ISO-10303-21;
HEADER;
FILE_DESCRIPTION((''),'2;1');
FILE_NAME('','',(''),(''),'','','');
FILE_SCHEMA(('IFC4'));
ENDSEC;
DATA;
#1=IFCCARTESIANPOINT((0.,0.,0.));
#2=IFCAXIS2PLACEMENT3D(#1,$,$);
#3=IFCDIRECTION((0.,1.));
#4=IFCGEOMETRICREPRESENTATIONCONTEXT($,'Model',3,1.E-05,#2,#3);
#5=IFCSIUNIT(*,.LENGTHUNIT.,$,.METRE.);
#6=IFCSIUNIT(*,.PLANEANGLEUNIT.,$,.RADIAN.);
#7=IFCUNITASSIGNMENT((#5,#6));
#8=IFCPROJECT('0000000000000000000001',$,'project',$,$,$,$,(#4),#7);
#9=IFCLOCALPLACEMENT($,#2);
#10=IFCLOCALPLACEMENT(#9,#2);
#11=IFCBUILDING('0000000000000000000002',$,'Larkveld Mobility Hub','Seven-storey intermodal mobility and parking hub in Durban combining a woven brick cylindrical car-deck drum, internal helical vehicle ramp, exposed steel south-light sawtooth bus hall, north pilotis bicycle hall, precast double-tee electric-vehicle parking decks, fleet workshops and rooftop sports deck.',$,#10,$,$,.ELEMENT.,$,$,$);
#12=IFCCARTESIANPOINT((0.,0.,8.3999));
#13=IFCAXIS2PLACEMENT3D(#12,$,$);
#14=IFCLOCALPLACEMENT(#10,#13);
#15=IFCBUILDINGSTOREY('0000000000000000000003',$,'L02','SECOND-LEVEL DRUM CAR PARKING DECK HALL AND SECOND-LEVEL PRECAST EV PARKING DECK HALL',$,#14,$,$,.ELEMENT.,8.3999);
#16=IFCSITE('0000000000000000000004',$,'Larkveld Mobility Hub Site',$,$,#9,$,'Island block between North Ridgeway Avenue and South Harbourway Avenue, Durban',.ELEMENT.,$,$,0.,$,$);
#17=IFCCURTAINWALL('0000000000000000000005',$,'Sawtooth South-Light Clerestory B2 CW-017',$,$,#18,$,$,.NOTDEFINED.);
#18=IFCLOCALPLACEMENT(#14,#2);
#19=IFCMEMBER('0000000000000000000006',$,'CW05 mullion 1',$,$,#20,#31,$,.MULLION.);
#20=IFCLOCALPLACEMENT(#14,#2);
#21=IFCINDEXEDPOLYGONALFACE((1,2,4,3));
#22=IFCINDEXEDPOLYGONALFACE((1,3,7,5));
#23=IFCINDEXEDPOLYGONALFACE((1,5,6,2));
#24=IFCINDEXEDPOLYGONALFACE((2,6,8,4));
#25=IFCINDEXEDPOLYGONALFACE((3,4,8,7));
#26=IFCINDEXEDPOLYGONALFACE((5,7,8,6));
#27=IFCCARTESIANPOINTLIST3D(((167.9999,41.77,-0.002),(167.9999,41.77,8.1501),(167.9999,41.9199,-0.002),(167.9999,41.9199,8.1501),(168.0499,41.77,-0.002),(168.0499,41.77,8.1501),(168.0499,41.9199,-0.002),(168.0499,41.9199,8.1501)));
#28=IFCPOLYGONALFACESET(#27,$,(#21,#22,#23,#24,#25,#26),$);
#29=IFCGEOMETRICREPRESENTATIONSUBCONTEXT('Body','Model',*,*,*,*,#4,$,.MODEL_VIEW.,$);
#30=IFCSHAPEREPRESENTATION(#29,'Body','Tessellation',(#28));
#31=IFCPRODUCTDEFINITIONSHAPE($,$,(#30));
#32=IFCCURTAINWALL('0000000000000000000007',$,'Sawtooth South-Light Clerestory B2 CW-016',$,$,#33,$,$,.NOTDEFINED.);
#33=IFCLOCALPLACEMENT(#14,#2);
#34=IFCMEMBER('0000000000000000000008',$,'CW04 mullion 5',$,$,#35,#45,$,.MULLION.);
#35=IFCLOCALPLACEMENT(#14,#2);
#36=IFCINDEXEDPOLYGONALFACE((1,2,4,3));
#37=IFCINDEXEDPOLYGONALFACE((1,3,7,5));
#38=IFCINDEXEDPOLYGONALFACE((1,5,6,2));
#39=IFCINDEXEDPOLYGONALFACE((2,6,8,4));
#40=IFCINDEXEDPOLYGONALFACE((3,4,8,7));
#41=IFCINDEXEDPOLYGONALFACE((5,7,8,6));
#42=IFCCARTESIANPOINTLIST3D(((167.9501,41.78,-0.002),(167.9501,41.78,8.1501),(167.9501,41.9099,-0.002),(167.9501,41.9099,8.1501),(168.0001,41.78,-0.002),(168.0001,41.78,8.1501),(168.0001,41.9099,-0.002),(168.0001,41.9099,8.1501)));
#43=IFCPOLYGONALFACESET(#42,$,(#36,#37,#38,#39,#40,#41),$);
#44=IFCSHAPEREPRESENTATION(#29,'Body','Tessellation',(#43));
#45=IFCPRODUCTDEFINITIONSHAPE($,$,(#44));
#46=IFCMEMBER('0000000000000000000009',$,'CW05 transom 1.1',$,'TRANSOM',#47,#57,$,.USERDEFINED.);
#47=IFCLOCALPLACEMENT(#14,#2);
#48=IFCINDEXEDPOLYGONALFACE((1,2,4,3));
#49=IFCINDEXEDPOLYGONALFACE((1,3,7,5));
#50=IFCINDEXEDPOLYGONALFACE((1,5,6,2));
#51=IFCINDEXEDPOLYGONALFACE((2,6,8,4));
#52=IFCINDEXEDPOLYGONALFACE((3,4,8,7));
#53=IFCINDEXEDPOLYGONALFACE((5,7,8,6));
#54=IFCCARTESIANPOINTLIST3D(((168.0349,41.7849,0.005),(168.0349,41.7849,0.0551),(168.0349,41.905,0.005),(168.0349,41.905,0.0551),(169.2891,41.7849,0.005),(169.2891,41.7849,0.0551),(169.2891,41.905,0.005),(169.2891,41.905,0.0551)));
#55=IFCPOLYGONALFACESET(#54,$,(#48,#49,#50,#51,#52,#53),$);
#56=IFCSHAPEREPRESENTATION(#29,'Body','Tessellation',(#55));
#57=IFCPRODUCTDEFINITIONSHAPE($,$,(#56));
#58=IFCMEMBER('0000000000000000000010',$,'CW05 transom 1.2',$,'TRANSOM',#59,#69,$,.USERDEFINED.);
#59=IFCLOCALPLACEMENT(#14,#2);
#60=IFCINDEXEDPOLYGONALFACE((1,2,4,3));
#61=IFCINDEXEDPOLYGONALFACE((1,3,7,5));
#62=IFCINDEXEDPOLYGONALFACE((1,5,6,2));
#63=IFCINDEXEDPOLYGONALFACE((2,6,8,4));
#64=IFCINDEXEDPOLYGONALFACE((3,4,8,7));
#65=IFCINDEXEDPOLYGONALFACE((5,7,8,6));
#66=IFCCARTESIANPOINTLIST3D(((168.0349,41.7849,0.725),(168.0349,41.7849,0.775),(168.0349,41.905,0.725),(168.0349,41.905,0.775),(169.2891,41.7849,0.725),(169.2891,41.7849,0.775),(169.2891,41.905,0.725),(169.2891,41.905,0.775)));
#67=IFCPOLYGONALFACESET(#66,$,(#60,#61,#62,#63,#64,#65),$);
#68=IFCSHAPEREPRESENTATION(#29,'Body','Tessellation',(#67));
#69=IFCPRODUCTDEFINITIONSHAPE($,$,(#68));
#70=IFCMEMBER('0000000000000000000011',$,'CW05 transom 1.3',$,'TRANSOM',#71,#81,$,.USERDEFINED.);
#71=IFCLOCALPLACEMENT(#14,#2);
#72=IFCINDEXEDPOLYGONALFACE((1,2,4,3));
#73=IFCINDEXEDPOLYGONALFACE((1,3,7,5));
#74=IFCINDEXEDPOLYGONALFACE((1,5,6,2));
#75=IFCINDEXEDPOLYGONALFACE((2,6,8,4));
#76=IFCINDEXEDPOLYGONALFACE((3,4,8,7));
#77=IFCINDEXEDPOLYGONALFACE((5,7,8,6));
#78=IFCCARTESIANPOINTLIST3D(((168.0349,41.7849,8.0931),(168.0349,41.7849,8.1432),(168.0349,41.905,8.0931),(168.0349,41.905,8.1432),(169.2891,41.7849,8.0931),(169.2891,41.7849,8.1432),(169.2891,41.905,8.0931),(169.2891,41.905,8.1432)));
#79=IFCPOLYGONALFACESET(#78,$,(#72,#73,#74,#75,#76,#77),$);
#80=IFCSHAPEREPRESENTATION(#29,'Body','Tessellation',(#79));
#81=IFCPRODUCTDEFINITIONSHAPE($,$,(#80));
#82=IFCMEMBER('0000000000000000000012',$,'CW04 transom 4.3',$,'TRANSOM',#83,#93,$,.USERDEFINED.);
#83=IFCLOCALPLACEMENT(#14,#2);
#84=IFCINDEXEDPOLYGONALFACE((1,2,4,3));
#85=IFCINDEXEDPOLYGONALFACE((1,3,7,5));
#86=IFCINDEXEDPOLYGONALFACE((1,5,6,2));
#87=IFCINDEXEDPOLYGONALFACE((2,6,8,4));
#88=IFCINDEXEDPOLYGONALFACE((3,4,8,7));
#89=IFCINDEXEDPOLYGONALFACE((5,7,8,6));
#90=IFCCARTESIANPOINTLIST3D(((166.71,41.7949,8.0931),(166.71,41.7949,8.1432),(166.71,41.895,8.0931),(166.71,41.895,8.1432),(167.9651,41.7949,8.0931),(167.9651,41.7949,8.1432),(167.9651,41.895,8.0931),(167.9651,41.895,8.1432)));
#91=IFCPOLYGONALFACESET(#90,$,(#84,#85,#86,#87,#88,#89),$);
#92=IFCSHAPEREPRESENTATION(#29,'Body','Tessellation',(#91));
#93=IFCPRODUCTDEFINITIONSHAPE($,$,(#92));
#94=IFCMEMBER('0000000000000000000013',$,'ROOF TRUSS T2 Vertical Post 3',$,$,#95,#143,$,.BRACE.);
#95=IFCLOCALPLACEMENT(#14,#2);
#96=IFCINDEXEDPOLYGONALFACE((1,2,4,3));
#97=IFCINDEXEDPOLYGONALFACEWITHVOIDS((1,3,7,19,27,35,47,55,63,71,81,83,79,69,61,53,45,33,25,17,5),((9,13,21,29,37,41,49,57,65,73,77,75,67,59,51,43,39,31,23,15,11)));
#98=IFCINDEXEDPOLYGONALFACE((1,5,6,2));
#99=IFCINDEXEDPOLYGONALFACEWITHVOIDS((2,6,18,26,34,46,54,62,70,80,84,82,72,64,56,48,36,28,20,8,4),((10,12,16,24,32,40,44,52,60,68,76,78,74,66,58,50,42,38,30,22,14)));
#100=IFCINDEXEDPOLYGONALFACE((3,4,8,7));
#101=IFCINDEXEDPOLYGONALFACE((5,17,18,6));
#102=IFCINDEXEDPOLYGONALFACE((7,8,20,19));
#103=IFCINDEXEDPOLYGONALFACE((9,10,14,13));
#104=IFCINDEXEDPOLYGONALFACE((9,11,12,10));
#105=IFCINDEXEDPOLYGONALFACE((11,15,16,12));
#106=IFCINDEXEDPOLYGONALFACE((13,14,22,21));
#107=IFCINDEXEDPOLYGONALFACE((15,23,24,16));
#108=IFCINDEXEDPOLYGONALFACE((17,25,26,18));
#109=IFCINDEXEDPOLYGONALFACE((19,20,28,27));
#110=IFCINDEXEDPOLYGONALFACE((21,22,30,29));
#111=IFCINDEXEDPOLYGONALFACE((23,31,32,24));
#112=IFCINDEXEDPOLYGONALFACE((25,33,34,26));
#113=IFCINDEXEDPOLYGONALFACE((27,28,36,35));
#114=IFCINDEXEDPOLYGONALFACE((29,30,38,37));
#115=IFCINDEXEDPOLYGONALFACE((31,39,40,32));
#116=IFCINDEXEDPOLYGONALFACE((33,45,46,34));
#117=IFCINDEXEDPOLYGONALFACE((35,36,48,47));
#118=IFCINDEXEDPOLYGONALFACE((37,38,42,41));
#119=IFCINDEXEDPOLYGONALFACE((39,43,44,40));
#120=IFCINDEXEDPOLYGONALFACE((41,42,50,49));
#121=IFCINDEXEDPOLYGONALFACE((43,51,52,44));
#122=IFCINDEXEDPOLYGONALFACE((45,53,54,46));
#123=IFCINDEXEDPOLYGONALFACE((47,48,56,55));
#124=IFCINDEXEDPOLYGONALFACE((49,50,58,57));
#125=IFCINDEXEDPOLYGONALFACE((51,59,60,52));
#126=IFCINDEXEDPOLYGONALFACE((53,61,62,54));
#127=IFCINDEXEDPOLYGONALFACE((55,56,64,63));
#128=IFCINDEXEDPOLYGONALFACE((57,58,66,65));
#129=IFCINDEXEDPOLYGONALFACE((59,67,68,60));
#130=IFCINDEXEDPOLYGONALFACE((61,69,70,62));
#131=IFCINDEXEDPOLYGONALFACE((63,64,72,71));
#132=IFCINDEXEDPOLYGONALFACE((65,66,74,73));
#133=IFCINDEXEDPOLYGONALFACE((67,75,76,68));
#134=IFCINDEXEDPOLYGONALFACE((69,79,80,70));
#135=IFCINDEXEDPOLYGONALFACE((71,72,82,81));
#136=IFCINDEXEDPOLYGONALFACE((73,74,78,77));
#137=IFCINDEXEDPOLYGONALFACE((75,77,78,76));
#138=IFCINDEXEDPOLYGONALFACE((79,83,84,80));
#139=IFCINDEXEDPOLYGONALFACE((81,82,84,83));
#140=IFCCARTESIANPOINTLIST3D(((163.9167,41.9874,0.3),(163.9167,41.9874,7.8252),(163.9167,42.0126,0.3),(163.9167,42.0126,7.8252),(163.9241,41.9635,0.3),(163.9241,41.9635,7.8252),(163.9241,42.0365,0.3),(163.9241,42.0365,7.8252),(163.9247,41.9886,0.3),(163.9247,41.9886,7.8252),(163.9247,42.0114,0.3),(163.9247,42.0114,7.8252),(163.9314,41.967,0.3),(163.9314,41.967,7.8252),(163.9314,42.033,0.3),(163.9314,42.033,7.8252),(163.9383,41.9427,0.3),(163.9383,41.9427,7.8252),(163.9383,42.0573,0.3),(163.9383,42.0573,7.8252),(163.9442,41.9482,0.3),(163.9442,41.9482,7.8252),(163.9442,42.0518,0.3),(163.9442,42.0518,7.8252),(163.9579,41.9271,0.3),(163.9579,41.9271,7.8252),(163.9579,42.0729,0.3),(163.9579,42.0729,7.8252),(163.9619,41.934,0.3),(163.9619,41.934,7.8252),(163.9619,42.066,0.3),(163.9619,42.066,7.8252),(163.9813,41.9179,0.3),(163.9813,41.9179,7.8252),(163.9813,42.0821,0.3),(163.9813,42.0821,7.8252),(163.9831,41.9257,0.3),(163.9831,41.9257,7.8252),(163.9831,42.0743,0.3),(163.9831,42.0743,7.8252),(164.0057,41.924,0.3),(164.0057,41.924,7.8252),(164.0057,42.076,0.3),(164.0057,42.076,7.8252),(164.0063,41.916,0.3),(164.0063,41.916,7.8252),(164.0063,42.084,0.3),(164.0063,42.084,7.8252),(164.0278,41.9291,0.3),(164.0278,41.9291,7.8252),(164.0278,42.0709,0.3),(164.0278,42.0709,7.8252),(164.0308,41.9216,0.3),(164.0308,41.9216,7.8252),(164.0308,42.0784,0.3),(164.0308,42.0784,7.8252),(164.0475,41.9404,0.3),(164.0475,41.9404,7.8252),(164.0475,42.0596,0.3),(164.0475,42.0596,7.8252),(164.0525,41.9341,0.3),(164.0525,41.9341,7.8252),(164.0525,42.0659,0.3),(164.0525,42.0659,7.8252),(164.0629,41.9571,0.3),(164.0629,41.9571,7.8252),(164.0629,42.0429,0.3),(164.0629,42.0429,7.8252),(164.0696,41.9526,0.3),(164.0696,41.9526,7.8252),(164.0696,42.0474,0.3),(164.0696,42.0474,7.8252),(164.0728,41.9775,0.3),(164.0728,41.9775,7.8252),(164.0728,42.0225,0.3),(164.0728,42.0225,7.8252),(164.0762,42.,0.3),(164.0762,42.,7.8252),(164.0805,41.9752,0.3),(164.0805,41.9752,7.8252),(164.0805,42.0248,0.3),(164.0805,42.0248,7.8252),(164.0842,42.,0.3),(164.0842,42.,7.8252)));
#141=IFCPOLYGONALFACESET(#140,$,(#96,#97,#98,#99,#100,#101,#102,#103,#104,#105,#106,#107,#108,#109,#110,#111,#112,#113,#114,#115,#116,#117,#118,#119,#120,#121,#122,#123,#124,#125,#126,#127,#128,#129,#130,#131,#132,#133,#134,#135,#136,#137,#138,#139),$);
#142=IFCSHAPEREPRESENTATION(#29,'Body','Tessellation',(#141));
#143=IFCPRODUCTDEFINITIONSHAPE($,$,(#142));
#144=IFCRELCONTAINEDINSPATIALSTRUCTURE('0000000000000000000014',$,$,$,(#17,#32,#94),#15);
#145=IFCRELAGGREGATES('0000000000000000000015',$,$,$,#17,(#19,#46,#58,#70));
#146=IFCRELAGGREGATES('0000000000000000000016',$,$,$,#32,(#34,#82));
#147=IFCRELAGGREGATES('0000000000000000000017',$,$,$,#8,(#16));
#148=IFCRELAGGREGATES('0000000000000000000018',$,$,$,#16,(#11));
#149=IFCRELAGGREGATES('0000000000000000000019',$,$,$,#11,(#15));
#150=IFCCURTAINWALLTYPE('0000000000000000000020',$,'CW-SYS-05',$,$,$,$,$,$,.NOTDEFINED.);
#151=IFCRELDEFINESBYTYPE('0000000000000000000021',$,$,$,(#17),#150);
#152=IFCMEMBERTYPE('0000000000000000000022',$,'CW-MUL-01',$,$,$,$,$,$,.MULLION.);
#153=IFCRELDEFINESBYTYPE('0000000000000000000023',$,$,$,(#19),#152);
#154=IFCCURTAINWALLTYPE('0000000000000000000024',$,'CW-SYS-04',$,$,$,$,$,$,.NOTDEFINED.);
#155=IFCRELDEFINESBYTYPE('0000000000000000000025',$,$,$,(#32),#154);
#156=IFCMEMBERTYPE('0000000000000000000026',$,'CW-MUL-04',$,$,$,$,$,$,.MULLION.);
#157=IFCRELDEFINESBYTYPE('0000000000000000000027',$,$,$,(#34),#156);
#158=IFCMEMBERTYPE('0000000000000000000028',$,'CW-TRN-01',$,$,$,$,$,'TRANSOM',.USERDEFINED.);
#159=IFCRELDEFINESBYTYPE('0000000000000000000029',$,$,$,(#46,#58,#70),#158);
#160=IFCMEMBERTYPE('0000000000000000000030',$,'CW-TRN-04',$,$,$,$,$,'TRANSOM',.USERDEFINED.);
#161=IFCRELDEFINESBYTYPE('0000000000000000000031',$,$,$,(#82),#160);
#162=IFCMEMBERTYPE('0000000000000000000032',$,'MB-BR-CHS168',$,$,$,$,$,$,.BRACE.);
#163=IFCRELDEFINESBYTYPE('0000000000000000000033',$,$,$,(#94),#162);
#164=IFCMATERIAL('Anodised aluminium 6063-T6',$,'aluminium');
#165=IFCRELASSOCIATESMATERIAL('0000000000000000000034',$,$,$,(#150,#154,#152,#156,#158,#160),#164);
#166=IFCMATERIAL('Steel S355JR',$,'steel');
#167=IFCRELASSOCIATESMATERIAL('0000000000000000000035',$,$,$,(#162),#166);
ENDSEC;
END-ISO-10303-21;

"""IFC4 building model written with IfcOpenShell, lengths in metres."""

from ifc_helpers import new_model, si_unit, direction, frame, origin, origin_2d, place, context, subcontext, project, spatial, rectangle, hollow_circle, extrude, material, material_profile, profile_set, type_object, element, aggregate, save


model = new_model("IFC4")

# Units and contexts
model_context = context("Model", 3, precision=1e-05, world=origin(), true_north=direction((0.0, 1.0)))
body_context = subcontext(model_context, "Body", "Model", "MODEL_VIEW")
ifc_project = project(units=[si_unit("LENGTHUNIT", "METRE"), si_unit("PLANEANGLEUNIT", "RADIAN")], contexts=[model_context])

# Site, building, storey
site_placement = place(None, origin())
site = spatial("IfcSite", under=ifc_project, at=site_placement, Name="Larkveld Mobility Hub Site", LongName="Island block between North Ridgeway Avenue and South Harbourway Avenue, Durban", CompositionType="ELEMENT", RefElevation=0.0)
building_placement = place(site_placement, origin())
building = spatial("IfcBuilding", under=site, at=building_placement, Name="Larkveld Mobility Hub", Description="Seven-storey intermodal mobility and parking hub in Durban combining a woven brick cylindrical car-deck drum, internal helical vehicle ramp, exposed steel south-light sawtooth bus hall, north pilotis bicycle hall, precast double-tee electric-vehicle parking decks, fleet workshops and rooftop sports deck.", CompositionType="ELEMENT")
storey_placement = place(building_placement, frame((0.0, 0.0, 8.3999)))
storey = spatial("IfcBuildingStorey", under=building, at=storey_placement, Name="L02", Description="SECOND-LEVEL DRUM CAR PARKING DECK HALL AND SECOND-LEVEL PRECAST EV PARKING DECK HALL", CompositionType="ELEMENT", Elevation=8.3999)

# Curtain walls, members
ifc_material_1 = material(Name="Anodised aluminium 6063-T6", Category="aluminium")
curtain_wall_type_1 = type_object("IfcCurtainWallType", Name="CW-SYS-05", PredefinedType="NOTDEFINED", material=ifc_material_1)
curtain_wall_1_placement = place(storey_placement, origin())
curtain_wall_1 = element("IfcCurtainWall", 1, at=curtain_wall_1_placement, inside=storey, type_object=curtain_wall_type_1, Name="Sawtooth South-Light Clerestory B2 CW-017", PredefinedType="NOTDEFINED")
ifc_material_profile_1 = material_profile(ifc_material_1, rectangle(XDim=0.05, YDim=0.1499, at=origin_2d()), Name="ALU MULL 50x150")
ifc_profile_set_1 = profile_set([ifc_material_profile_1], Name="Anodised aluminium 6063-T6")
member_type_1 = type_object("IfcMemberType", Name="CW-MUL-01", PredefinedType="MULLION", material=ifc_profile_set_1)
member_1_placement = place(storey_placement, frame((168.0249, 41.845, -0.002), z_axis=(0.0, 0.0, 1.0), x_axis=(1.0, 0.0, 0.0)))
member_1 = element("IfcMember", 2, at=member_1_placement, type_object=member_type_1, Name="CW05 mullion 1", PredefinedType="MULLION", context=body_context, shape_type="SweptSolid", body=[
    extrude(rectangle(XDim=0.05, YDim=0.1499, at=origin_2d()), origin(), (0.0, 0.0, 1.0), 8.1521),
])
curtain_wall_type_2 = type_object("IfcCurtainWallType", Name="CW-SYS-04", PredefinedType="NOTDEFINED", material=ifc_material_1)
curtain_wall_2_placement = place(storey_placement, origin())
curtain_wall_2 = element("IfcCurtainWall", 3, at=curtain_wall_2_placement, inside=storey, type_object=curtain_wall_type_2, Name="Sawtooth South-Light Clerestory B2 CW-016", PredefinedType="NOTDEFINED")
ifc_material_profile_2 = material_profile(ifc_material_1, rectangle(XDim=0.05, YDim=0.1299, at=origin_2d()), Name="ALU MULL 50x130")
ifc_profile_set_2 = profile_set([ifc_material_profile_2], Name="Anodised aluminium 6063-T6")
member_type_2 = type_object("IfcMemberType", Name="CW-MUL-04", PredefinedType="MULLION", material=ifc_profile_set_2)
member_2_placement = place(storey_placement, frame((167.9751, 41.845, -0.002), z_axis=(0.0, 0.0, 1.0), x_axis=(1.0, 0.0, 0.0)))
member_2 = element("IfcMember", 4, at=member_2_placement, type_object=member_type_2, Name="CW04 mullion 5", PredefinedType="MULLION", context=body_context, shape_type="SweptSolid", body=[
    extrude(rectangle(XDim=0.05, YDim=0.1299, at=origin_2d()), origin(), (0.0, 0.0, 1.0), 8.1521),
])

# Members
ifc_material_profile_3 = material_profile(ifc_material_1, rectangle(XDim=0.1201, YDim=0.05, at=origin_2d()), Name="ALU TRAN 50x120")
ifc_profile_set_3 = profile_set([ifc_material_profile_3], Name="Anodised aluminium 6063-T6")
member_type_3 = type_object("IfcMemberType", Name="CW-TRN-01", ElementType="TRANSOM", PredefinedType="USERDEFINED", material=ifc_profile_set_3)
member_3_placement = place(storey_placement, frame((168.0349, 41.845, 0.03), z_axis=(1.0, 0.0, 0.0), x_axis=(0.0, 1.0, 0.0)))
member_3 = element("IfcMember", 5, at=member_3_placement, type_object=member_type_3, Name="CW05 transom 1.1", ObjectType="TRANSOM", PredefinedType="USERDEFINED", context=body_context, shape_type="SweptSolid", body=[
    extrude(rectangle(XDim=0.1201, YDim=0.05, at=origin_2d()), origin(), (0.0, 0.0, 1.0), 1.2542),
])
member_4_placement = place(storey_placement, frame((168.0349, 41.845, 0.75), z_axis=(1.0, 0.0, 0.0), x_axis=(0.0, 1.0, 0.0)))
member_4 = element("IfcMember", 6, at=member_4_placement, type_object=member_type_3, Name="CW05 transom 1.2", ObjectType="TRANSOM", PredefinedType="USERDEFINED", context=body_context, shape_type="SweptSolid", body=[
    extrude(rectangle(XDim=0.1201, YDim=0.05, at=origin_2d()), origin(), (0.0, 0.0, 1.0), 1.2542),
])
member_5_placement = place(storey_placement, frame((168.0349, 41.845, 8.1182), z_axis=(1.0, 0.0, 0.0), x_axis=(0.0, 1.0, 0.0)))
member_5 = element("IfcMember", 7, at=member_5_placement, type_object=member_type_3, Name="CW05 transom 1.3", ObjectType="TRANSOM", PredefinedType="USERDEFINED", context=body_context, shape_type="SweptSolid", body=[
    extrude(rectangle(XDim=0.1201, YDim=0.05, at=origin_2d()), origin(), (0.0, 0.0, 1.0), 1.2542),
])
aggregate(curtain_wall_1, [member_1, member_3, member_4, member_5])
ifc_material_profile_4 = material_profile(ifc_material_1, rectangle(XDim=0.1001, YDim=0.05, at=origin_2d()), Name="ALU TRAN 50x100")
ifc_profile_set_4 = profile_set([ifc_material_profile_4], Name="Anodised aluminium 6063-T6")
member_type_4 = type_object("IfcMemberType", Name="CW-TRN-04", ElementType="TRANSOM", PredefinedType="USERDEFINED", material=ifc_profile_set_4)
member_6_placement = place(storey_placement, frame((166.71, 41.845, 8.1182), z_axis=(1.0, 0.0, 0.0), x_axis=(0.0, 1.0, 0.0)))
member_6 = element("IfcMember", 8, at=member_6_placement, type_object=member_type_4, Name="CW04 transom 4.3", ObjectType="TRANSOM", PredefinedType="USERDEFINED", context=body_context, shape_type="SweptSolid", body=[
    extrude(rectangle(XDim=0.1001, YDim=0.05, at=origin_2d()), origin(), (0.0, 0.0, 1.0), 1.2551),
])

# Member
ifc_material_2 = material(Name="Steel S355JR", Category="steel")
ifc_material_profile_5 = material_profile(ifc_material_2, hollow_circle(Radius=0.0842, WallThickness=0.0081, at=origin_2d()), Name="CHS 168.3x8")
ifc_profile_set_5 = profile_set([ifc_material_profile_5], Name="Steel S355JR")
member_type_5 = type_object("IfcMemberType", Name="MB-BR-CHS168", PredefinedType="BRACE", material=ifc_profile_set_5)
member_7_placement = place(storey_placement, frame((164.0, 42.0, 0.3), z_axis=(0.0, 0.0, 1.0), x_axis=(1.0, 0.0, 0.0)))
element("IfcMember", 9, at=member_7_placement, inside=storey, type_object=member_type_5, Name="ROOF TRUSS T2 Vertical Post 3", PredefinedType="BRACE", context=body_context, shape_type="SweptSolid", body=[
    extrude(hollow_circle(Radius=0.0842, WallThickness=0.0081, at=origin_2d()), origin(), (0.0, 0.0, 1.0), 7.5251),
])

aggregate(curtain_wall_2, [member_2, member_6])

save(model, "model.ifc")
